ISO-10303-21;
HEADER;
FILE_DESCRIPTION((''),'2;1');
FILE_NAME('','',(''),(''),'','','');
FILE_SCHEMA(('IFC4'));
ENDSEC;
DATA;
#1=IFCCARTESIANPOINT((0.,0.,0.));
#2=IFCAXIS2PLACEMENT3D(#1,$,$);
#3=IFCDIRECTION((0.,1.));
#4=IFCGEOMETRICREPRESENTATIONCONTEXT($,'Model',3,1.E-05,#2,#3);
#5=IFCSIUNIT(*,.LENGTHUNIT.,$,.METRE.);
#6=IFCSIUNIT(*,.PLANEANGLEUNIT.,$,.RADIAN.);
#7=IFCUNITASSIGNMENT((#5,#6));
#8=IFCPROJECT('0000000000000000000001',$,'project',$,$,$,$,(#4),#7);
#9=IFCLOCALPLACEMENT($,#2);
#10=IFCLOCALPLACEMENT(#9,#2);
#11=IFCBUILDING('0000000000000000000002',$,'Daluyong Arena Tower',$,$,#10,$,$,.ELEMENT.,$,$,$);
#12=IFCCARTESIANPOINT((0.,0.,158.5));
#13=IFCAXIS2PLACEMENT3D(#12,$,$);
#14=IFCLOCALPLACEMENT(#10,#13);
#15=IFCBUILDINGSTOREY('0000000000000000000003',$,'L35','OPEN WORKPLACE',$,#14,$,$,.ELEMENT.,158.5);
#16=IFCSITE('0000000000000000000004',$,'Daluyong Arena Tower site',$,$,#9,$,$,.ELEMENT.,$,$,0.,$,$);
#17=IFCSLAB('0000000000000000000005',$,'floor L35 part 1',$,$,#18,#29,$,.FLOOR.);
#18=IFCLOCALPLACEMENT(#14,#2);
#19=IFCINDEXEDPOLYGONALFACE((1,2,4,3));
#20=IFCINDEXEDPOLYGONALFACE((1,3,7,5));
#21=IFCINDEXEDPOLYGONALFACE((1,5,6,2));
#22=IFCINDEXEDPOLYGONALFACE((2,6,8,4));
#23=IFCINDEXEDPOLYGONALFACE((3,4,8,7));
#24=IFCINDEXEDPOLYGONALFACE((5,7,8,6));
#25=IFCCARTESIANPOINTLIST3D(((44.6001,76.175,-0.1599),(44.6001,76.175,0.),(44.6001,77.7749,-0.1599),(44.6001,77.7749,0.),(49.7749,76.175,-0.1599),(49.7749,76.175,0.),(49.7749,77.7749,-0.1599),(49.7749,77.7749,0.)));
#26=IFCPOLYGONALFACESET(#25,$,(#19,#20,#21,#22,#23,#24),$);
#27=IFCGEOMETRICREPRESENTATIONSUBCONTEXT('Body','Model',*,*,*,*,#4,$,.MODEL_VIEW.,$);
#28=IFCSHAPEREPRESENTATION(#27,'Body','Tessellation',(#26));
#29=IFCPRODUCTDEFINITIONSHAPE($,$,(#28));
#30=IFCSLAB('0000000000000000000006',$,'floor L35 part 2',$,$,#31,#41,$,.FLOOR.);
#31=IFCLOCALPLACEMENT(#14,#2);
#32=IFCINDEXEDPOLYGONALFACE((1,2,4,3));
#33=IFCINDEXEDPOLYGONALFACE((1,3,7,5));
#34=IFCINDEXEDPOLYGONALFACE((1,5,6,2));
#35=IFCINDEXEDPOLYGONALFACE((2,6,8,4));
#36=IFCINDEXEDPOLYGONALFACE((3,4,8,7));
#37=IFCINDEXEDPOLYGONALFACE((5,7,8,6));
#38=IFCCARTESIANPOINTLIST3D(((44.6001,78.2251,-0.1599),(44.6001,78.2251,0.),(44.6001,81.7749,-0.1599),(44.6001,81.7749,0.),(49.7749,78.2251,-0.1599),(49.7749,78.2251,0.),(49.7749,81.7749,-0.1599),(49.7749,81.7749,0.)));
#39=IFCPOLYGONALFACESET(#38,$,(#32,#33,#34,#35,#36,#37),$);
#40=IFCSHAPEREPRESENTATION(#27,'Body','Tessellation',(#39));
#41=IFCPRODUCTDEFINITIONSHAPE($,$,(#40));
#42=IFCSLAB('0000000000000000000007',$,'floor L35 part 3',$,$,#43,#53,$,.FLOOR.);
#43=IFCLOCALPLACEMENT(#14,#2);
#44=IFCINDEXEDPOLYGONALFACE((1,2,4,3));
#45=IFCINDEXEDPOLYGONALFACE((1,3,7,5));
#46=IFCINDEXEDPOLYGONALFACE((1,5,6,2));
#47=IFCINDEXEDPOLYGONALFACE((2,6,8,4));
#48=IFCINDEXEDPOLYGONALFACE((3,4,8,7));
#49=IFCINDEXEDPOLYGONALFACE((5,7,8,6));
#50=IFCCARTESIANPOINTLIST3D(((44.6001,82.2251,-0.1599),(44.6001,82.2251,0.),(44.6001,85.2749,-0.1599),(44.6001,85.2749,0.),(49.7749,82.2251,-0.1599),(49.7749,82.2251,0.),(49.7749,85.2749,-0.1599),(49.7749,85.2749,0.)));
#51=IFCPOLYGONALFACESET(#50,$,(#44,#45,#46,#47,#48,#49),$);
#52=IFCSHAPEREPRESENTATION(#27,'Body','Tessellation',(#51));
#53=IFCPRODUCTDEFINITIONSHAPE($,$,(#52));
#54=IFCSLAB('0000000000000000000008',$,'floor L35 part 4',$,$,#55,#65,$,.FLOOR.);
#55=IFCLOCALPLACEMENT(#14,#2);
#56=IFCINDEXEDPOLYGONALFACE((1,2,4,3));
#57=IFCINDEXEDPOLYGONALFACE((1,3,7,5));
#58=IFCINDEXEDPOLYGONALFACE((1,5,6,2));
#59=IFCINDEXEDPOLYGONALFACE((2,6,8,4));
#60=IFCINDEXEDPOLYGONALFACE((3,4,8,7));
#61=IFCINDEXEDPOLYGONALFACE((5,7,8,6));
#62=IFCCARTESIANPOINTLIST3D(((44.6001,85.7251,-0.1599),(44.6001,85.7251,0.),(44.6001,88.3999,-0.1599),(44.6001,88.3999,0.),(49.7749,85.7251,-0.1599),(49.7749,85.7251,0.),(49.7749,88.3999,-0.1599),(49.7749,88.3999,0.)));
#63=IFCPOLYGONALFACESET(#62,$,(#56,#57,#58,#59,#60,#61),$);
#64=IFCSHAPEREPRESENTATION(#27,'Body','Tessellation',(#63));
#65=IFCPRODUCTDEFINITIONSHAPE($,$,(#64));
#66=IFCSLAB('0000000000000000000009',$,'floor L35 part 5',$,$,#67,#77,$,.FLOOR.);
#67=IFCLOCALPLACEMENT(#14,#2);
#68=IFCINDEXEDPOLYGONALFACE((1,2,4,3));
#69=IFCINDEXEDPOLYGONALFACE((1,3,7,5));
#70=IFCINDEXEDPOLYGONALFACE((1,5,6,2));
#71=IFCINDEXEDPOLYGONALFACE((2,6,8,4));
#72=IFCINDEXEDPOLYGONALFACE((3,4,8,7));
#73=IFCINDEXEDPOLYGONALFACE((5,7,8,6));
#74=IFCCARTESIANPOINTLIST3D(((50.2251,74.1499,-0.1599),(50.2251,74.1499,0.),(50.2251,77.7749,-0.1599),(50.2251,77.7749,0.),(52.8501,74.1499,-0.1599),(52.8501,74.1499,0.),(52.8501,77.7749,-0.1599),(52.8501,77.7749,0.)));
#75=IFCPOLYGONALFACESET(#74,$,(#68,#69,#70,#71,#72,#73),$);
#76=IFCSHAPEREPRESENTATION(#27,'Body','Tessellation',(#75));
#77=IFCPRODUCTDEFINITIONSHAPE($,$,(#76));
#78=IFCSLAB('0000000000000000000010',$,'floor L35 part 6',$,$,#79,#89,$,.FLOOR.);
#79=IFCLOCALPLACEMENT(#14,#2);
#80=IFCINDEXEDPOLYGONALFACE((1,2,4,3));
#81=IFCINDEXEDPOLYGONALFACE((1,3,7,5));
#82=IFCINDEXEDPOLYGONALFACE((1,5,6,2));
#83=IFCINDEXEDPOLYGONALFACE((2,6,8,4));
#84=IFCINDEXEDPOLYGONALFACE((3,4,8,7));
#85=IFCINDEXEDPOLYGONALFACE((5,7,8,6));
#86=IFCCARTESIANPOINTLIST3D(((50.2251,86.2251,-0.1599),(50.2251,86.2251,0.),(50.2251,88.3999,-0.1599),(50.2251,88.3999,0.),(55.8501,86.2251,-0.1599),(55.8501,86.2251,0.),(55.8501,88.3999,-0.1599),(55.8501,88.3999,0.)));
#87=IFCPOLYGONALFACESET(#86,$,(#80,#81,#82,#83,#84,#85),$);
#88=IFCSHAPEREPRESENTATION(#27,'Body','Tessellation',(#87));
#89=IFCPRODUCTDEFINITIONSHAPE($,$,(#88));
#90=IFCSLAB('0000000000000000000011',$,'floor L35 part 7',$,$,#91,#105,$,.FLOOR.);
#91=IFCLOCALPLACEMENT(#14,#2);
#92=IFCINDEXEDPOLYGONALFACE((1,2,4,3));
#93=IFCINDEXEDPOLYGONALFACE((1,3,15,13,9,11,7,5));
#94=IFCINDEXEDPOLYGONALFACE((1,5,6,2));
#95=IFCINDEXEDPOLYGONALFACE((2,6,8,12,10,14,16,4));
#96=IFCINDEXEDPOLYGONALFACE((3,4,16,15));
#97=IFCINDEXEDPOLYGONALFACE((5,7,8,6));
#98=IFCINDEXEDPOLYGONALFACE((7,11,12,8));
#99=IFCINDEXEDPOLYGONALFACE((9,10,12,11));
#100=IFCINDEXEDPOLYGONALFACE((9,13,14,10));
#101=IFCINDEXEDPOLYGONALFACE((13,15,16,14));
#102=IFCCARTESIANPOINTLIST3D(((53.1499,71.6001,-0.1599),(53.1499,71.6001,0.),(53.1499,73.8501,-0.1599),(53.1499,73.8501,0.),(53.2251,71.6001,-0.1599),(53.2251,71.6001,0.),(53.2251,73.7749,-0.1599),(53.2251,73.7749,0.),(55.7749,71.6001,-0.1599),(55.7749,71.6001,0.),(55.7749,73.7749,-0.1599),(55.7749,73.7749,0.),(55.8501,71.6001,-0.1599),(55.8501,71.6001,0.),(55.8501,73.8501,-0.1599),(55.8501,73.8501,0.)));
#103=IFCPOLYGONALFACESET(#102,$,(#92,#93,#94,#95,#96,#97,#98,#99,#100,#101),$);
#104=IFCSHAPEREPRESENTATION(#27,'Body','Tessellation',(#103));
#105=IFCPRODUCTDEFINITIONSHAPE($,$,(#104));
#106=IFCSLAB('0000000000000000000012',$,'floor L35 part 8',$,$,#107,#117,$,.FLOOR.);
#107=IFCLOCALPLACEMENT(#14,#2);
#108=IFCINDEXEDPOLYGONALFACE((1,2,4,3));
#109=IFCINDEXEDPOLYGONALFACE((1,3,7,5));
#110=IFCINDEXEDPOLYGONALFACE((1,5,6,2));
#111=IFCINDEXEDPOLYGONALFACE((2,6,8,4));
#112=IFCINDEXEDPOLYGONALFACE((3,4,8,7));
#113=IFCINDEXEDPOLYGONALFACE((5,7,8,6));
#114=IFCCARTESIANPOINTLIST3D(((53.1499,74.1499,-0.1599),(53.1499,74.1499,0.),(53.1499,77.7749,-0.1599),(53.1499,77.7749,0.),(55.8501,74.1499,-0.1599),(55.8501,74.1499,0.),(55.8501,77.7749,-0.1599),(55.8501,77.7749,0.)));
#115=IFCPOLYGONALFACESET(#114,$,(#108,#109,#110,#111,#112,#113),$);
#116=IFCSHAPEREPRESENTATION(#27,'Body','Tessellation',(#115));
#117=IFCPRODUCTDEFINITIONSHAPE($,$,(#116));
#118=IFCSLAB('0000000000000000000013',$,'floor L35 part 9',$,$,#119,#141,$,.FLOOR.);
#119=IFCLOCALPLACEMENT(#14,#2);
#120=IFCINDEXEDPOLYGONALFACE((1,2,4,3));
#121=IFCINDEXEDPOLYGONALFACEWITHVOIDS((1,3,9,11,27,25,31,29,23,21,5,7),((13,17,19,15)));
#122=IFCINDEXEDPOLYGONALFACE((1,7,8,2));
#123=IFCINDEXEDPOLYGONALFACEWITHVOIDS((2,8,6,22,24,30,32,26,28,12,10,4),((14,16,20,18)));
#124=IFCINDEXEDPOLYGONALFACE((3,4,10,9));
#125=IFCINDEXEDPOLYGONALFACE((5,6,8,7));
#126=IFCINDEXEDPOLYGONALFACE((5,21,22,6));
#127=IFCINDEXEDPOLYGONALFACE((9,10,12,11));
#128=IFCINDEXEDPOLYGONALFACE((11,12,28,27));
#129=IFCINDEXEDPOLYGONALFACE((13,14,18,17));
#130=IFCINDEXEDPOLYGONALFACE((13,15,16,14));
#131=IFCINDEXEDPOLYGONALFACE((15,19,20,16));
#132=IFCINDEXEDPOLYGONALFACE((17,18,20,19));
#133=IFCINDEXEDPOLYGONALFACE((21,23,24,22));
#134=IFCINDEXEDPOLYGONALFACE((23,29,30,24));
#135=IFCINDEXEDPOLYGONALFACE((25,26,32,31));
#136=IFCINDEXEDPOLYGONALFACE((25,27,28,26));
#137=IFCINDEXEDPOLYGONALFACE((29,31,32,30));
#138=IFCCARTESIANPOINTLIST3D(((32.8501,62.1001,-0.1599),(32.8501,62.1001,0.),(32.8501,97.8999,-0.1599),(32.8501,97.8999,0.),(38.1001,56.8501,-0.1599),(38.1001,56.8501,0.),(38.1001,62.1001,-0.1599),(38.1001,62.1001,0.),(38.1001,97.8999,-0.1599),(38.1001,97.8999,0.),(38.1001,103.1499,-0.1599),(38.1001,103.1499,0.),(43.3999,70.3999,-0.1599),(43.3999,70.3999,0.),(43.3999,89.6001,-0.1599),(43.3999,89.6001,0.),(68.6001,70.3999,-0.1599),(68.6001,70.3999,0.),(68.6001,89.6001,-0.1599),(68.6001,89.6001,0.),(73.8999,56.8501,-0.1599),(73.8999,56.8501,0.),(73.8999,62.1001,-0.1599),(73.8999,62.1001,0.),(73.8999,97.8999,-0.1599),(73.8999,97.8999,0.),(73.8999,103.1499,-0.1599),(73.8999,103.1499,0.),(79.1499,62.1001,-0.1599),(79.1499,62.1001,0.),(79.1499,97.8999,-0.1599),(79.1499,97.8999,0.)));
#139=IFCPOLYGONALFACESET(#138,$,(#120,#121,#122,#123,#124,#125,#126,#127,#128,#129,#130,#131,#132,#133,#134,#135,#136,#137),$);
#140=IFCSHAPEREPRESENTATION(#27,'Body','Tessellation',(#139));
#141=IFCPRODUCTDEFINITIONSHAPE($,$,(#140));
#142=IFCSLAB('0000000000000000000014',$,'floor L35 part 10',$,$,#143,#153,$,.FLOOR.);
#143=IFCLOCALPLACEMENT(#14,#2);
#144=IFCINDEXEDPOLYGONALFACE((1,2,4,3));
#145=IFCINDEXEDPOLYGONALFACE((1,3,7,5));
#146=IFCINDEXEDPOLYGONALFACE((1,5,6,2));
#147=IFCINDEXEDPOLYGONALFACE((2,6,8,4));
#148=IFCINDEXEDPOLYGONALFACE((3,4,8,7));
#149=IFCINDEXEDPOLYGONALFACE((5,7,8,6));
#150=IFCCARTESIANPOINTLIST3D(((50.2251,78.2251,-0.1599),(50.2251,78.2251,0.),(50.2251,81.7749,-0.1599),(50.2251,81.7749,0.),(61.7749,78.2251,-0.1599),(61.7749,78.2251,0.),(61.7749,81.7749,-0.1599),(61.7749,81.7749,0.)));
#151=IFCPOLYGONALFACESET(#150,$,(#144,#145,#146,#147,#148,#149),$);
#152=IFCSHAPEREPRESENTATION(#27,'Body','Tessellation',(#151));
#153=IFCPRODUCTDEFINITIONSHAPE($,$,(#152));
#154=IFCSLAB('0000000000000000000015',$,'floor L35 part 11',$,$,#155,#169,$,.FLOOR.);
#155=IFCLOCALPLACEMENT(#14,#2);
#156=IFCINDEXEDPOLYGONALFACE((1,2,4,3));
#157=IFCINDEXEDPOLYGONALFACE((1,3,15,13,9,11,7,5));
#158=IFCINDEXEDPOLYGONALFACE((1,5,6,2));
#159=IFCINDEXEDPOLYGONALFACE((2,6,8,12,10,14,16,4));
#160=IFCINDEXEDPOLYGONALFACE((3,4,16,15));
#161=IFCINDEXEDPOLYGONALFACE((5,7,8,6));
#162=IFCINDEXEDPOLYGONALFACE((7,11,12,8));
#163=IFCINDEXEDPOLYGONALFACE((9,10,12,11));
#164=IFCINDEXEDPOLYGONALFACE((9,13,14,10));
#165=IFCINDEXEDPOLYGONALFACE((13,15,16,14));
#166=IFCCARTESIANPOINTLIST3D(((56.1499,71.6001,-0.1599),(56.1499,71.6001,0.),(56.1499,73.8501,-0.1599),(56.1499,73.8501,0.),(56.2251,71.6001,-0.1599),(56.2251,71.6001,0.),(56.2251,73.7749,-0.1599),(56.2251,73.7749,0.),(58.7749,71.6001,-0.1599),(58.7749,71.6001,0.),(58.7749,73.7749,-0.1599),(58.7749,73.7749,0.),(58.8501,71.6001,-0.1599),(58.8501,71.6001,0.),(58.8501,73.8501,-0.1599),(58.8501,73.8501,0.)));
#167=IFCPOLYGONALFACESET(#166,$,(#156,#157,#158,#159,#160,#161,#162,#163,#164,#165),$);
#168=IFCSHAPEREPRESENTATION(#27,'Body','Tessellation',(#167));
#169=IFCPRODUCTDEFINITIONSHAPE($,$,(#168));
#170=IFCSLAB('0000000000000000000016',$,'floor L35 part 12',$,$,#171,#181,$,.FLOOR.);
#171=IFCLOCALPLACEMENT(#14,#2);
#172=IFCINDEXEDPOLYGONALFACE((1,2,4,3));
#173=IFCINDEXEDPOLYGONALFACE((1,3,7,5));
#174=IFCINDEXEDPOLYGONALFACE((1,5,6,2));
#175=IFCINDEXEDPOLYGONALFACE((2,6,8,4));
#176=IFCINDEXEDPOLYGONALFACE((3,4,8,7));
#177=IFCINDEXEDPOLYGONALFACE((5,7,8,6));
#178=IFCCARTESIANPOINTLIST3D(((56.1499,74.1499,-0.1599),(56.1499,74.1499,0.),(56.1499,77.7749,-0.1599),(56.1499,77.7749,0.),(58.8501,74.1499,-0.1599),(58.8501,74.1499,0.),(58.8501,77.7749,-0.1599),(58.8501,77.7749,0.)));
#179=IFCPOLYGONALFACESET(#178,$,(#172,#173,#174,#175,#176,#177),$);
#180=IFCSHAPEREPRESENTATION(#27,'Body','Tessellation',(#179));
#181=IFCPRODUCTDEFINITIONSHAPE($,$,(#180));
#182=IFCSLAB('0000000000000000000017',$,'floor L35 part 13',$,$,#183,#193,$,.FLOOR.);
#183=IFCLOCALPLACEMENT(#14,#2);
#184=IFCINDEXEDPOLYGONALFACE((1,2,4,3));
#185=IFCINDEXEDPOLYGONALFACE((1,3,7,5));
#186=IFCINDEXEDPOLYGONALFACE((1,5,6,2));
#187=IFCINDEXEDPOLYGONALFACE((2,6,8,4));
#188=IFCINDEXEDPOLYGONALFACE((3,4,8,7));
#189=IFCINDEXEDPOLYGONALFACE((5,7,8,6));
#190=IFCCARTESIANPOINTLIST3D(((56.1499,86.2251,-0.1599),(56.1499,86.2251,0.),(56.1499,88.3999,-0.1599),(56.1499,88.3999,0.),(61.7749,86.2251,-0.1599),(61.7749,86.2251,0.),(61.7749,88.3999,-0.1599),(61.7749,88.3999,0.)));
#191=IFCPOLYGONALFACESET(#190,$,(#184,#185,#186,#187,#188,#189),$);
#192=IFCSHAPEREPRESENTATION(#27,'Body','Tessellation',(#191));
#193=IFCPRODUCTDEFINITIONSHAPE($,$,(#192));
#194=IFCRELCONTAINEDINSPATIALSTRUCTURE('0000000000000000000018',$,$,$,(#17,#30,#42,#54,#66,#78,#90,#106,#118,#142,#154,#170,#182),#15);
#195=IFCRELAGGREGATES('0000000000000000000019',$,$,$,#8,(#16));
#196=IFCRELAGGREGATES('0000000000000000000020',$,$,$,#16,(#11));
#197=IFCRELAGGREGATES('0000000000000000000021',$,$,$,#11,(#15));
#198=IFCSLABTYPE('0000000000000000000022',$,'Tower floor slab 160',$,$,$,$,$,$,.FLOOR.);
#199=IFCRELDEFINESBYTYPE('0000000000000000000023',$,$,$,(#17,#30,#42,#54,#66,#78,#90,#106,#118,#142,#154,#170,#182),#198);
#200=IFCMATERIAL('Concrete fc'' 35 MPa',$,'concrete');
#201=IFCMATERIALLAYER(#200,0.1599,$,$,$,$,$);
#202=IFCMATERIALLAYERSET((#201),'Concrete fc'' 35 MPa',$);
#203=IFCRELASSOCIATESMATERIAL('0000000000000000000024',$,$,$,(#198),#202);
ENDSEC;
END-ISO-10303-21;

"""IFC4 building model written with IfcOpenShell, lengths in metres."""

from ifc_helpers import new_model, si_unit, direction, frame, origin, place, context, subcontext, project, spatial, polyline, outline, extrude, material, layer, layer_set, type_object, element, save


model = new_model("IFC4")

# Units and contexts
model_context = context("Model", 3, precision=1e-05, world=origin(), true_north=direction((0.0, 1.0)))
body_context = subcontext(model_context, "Body", "Model", "MODEL_VIEW")
ifc_project = project(units=[si_unit("LENGTHUNIT", "METRE"), si_unit("PLANEANGLEUNIT", "RADIAN")], contexts=[model_context])

# Site, building, storey
site_placement = place(None, origin())
site = spatial("IfcSite", under=ifc_project, at=site_placement, Name="Daluyong Arena Tower site", CompositionType="ELEMENT", RefElevation=0.0)
building_placement = place(site_placement, origin())
building = spatial("IfcBuilding", under=site, at=building_placement, Name="Daluyong Arena Tower", CompositionType="ELEMENT")
storey_placement = place(building_placement, frame((0.0, 0.0, 158.5)))
storey = spatial("IfcBuildingStorey", under=building, at=storey_placement, Name="L35", Description="OPEN WORKPLACE", CompositionType="ELEMENT", Elevation=158.5)

# Slabs
ifc_material_1 = material(Name="Concrete fc' 35 MPa", Category="concrete")
ifc_layer_1 = layer(ifc_material_1, 0.1599)
ifc_layer_set_1 = layer_set([ifc_layer_1], Name="Concrete fc' 35 MPa")
slab_type = type_object("IfcSlabType", Name="Tower floor slab 160", PredefinedType="FLOOR", material=ifc_layer_set_1)
slab_1_placement = place(storey_placement, frame((0.0, 0.0, -0.1599)))
element("IfcSlab", 1, at=slab_1_placement, inside=storey, type_object=slab_type, Name="floor L35 part 1", PredefinedType="FLOOR", context=body_context, shape_type="SweptSolid", body=[
    extrude(outline(polyline([(49.7749, 76.175), (49.7749, 77.7749), (44.6001, 77.7749), (44.6001, 76.175), (49.7749, 76.175)])), origin(), (0.0, 0.0, 1.0), 0.1599),
])
slab_2_placement = place(storey_placement, frame((0.0, 0.0, -0.1599)))
element("IfcSlab", 2, at=slab_2_placement, inside=storey, type_object=slab_type, Name="floor L35 part 2", PredefinedType="FLOOR", context=body_context, shape_type="SweptSolid", body=[
    extrude(outline(polyline([(44.6001, 78.2251), (49.7749, 78.2251), (49.7749, 81.7749), (44.6001, 81.7749), (44.6001, 78.2251)])), origin(), (0.0, 0.0, 1.0), 0.1599),
])
slab_3_placement = place(storey_placement, frame((0.0, 0.0, -0.1599)))
element("IfcSlab", 3, at=slab_3_placement, inside=storey, type_object=slab_type, Name="floor L35 part 3", PredefinedType="FLOOR", context=body_context, shape_type="SweptSolid", body=[
    extrude(outline(polyline([(44.6001, 82.2251), (49.7749, 82.2251), (49.7749, 85.2749), (44.6001, 85.2749), (44.6001, 82.2251)])), origin(), (0.0, 0.0, 1.0), 0.1599),
])
slab_4_placement = place(storey_placement, frame((0.0, 0.0, -0.1599)))
element("IfcSlab", 4, at=slab_4_placement, inside=storey, type_object=slab_type, Name="floor L35 part 4", PredefinedType="FLOOR", context=body_context, shape_type="SweptSolid", body=[
    extrude(outline(polyline([(49.7749, 88.3999), (44.6001, 88.3999), (44.6001, 85.7251), (49.7749, 85.7251), (49.7749, 88.3999)])), origin(), (0.0, 0.0, 1.0), 0.1599),
])
slab_5_placement = place(storey_placement, frame((0.0, 0.0, -0.1599)))
element("IfcSlab", 5, at=slab_5_placement, inside=storey, type_object=slab_type, Name="floor L35 part 5", PredefinedType="FLOOR", context=body_context, shape_type="SweptSolid", body=[
    extrude(outline(polyline([(52.8501, 77.7749), (50.2251, 77.7749), (50.2251, 74.1499), (52.8501, 74.1499), (52.8501, 77.7749)])), origin(), (0.0, 0.0, 1.0), 0.1599),
])
slab_6_placement = place(storey_placement, frame((0.0, 0.0, -0.1599)))
element("IfcSlab", 6, at=slab_6_placement, inside=storey, type_object=slab_type, Name="floor L35 part 6", PredefinedType="FLOOR", context=body_context, shape_type="SweptSolid", body=[
    extrude(outline(polyline([(55.8501, 88.3999), (50.2251, 88.3999), (50.2251, 86.2251), (55.8501, 86.2251), (55.8501, 88.3999)])), origin(), (0.0, 0.0, 1.0), 0.1599),
])
slab_7_placement = place(storey_placement, frame((0.0, 0.0, -0.1599)))
element("IfcSlab", 7, at=slab_7_placement, inside=storey, type_object=slab_type, Name="floor L35 part 7", PredefinedType="FLOOR", context=body_context, shape_type="SweptSolid", body=[
    extrude(outline(polyline([(55.7749, 73.7749), (55.7749, 71.6001), (55.8501, 71.6001), (55.8501, 73.8501), (53.1499, 73.8501), (53.1499, 71.6001), (53.2251, 71.6001), (53.2251, 73.7749), (55.7749, 73.7749)])), origin(), (0.0, 0.0, 1.0), 0.1599),
])
slab_8_placement = place(storey_placement, frame((0.0, 0.0, -0.1599)))
element("IfcSlab", 8, at=slab_8_placement, inside=storey, type_object=slab_type, Name="floor L35 part 8", PredefinedType="FLOOR", context=body_context, shape_type="SweptSolid", body=[
    extrude(outline(polyline([(55.8501, 77.7749), (53.1499, 77.7749), (53.1499, 74.1499), (55.8501, 74.1499), (55.8501, 77.7749)])), origin(), (0.0, 0.0, 1.0), 0.1599),
])
slab_9_placement = place(storey_placement, frame((0.0, 0.0, -0.1599)))
element("IfcSlab", 9, at=slab_9_placement, inside=storey, type_object=slab_type, Name="floor L35 part 9", PredefinedType="FLOOR", context=body_context, shape_type="SweptSolid", body=[
    extrude(outline(polyline([(38.1001, 62.1001), (38.1001, 56.8501), (73.8999, 56.8501), (73.8999, 62.1001), (79.1499, 62.1001), (79.1499, 97.8999), (73.8999, 97.8999), (73.8999, 103.1499), (38.1001, 103.1499), (38.1001, 97.8999), (32.8501, 97.8999), (32.8501, 62.1001), (38.1001, 62.1001)]), holes=[polyline([(68.6001, 89.6001), (68.6001, 70.3999), (43.3999, 70.3999), (43.3999, 89.6001), (68.6001, 89.6001)])]), origin(), (0.0, 0.0, 1.0), 0.1599),
])
slab_10_placement = place(storey_placement, frame((0.0, 0.0, -0.1599)))
element("IfcSlab", 10, at=slab_10_placement, inside=storey, type_object=slab_type, Name="floor L35 part 10", PredefinedType="FLOOR", context=body_context, shape_type="SweptSolid", body=[
    extrude(outline(polyline([(61.7749, 78.2251), (61.7749, 81.7749), (50.2251, 81.7749), (50.2251, 78.2251), (61.7749, 78.2251)])), origin(), (0.0, 0.0, 1.0), 0.1599),
])
slab_11_placement = place(storey_placement, frame((0.0, 0.0, -0.1599)))
element("IfcSlab", 11, at=slab_11_placement, inside=storey, type_object=slab_type, Name="floor L35 part 11", PredefinedType="FLOOR", context=body_context, shape_type="SweptSolid", body=[
    extrude(outline(polyline([(58.8501, 71.6001), (58.8501, 73.8501), (56.1499, 73.8501), (56.1499, 71.6001), (56.2251, 71.6001), (56.2251, 73.7749), (58.7749, 73.7749), (58.7749, 71.6001), (58.8501, 71.6001)])), origin(), (0.0, 0.0, 1.0), 0.1599),
])
slab_12_placement = place(storey_placement, frame((0.0, 0.0, -0.1599)))
element("IfcSlab", 12, at=slab_12_placement, inside=storey, type_object=slab_type, Name="floor L35 part 12", PredefinedType="FLOOR", context=body_context, shape_type="SweptSolid", body=[
    extrude(outline(polyline([(58.8501, 77.7749), (56.1499, 77.7749), (56.1499, 74.1499), (58.8501, 74.1499), (58.8501, 77.7749)])), origin(), (0.0, 0.0, 1.0), 0.1599),
])
slab_13_placement = place(storey_placement, frame((0.0, 0.0, -0.1599)))
element("IfcSlab", 13, at=slab_13_placement, inside=storey, type_object=slab_type, Name="floor L35 part 13", PredefinedType="FLOOR", context=body_context, shape_type="SweptSolid", body=[
    extrude(outline(polyline([(56.1499, 88.3999), (56.1499, 86.2251), (61.7749, 86.2251), (61.7749, 88.3999), (56.1499, 88.3999)])), origin(), (0.0, 0.0, 1.0), 0.1599),
])

save(model, "model.ifc")
